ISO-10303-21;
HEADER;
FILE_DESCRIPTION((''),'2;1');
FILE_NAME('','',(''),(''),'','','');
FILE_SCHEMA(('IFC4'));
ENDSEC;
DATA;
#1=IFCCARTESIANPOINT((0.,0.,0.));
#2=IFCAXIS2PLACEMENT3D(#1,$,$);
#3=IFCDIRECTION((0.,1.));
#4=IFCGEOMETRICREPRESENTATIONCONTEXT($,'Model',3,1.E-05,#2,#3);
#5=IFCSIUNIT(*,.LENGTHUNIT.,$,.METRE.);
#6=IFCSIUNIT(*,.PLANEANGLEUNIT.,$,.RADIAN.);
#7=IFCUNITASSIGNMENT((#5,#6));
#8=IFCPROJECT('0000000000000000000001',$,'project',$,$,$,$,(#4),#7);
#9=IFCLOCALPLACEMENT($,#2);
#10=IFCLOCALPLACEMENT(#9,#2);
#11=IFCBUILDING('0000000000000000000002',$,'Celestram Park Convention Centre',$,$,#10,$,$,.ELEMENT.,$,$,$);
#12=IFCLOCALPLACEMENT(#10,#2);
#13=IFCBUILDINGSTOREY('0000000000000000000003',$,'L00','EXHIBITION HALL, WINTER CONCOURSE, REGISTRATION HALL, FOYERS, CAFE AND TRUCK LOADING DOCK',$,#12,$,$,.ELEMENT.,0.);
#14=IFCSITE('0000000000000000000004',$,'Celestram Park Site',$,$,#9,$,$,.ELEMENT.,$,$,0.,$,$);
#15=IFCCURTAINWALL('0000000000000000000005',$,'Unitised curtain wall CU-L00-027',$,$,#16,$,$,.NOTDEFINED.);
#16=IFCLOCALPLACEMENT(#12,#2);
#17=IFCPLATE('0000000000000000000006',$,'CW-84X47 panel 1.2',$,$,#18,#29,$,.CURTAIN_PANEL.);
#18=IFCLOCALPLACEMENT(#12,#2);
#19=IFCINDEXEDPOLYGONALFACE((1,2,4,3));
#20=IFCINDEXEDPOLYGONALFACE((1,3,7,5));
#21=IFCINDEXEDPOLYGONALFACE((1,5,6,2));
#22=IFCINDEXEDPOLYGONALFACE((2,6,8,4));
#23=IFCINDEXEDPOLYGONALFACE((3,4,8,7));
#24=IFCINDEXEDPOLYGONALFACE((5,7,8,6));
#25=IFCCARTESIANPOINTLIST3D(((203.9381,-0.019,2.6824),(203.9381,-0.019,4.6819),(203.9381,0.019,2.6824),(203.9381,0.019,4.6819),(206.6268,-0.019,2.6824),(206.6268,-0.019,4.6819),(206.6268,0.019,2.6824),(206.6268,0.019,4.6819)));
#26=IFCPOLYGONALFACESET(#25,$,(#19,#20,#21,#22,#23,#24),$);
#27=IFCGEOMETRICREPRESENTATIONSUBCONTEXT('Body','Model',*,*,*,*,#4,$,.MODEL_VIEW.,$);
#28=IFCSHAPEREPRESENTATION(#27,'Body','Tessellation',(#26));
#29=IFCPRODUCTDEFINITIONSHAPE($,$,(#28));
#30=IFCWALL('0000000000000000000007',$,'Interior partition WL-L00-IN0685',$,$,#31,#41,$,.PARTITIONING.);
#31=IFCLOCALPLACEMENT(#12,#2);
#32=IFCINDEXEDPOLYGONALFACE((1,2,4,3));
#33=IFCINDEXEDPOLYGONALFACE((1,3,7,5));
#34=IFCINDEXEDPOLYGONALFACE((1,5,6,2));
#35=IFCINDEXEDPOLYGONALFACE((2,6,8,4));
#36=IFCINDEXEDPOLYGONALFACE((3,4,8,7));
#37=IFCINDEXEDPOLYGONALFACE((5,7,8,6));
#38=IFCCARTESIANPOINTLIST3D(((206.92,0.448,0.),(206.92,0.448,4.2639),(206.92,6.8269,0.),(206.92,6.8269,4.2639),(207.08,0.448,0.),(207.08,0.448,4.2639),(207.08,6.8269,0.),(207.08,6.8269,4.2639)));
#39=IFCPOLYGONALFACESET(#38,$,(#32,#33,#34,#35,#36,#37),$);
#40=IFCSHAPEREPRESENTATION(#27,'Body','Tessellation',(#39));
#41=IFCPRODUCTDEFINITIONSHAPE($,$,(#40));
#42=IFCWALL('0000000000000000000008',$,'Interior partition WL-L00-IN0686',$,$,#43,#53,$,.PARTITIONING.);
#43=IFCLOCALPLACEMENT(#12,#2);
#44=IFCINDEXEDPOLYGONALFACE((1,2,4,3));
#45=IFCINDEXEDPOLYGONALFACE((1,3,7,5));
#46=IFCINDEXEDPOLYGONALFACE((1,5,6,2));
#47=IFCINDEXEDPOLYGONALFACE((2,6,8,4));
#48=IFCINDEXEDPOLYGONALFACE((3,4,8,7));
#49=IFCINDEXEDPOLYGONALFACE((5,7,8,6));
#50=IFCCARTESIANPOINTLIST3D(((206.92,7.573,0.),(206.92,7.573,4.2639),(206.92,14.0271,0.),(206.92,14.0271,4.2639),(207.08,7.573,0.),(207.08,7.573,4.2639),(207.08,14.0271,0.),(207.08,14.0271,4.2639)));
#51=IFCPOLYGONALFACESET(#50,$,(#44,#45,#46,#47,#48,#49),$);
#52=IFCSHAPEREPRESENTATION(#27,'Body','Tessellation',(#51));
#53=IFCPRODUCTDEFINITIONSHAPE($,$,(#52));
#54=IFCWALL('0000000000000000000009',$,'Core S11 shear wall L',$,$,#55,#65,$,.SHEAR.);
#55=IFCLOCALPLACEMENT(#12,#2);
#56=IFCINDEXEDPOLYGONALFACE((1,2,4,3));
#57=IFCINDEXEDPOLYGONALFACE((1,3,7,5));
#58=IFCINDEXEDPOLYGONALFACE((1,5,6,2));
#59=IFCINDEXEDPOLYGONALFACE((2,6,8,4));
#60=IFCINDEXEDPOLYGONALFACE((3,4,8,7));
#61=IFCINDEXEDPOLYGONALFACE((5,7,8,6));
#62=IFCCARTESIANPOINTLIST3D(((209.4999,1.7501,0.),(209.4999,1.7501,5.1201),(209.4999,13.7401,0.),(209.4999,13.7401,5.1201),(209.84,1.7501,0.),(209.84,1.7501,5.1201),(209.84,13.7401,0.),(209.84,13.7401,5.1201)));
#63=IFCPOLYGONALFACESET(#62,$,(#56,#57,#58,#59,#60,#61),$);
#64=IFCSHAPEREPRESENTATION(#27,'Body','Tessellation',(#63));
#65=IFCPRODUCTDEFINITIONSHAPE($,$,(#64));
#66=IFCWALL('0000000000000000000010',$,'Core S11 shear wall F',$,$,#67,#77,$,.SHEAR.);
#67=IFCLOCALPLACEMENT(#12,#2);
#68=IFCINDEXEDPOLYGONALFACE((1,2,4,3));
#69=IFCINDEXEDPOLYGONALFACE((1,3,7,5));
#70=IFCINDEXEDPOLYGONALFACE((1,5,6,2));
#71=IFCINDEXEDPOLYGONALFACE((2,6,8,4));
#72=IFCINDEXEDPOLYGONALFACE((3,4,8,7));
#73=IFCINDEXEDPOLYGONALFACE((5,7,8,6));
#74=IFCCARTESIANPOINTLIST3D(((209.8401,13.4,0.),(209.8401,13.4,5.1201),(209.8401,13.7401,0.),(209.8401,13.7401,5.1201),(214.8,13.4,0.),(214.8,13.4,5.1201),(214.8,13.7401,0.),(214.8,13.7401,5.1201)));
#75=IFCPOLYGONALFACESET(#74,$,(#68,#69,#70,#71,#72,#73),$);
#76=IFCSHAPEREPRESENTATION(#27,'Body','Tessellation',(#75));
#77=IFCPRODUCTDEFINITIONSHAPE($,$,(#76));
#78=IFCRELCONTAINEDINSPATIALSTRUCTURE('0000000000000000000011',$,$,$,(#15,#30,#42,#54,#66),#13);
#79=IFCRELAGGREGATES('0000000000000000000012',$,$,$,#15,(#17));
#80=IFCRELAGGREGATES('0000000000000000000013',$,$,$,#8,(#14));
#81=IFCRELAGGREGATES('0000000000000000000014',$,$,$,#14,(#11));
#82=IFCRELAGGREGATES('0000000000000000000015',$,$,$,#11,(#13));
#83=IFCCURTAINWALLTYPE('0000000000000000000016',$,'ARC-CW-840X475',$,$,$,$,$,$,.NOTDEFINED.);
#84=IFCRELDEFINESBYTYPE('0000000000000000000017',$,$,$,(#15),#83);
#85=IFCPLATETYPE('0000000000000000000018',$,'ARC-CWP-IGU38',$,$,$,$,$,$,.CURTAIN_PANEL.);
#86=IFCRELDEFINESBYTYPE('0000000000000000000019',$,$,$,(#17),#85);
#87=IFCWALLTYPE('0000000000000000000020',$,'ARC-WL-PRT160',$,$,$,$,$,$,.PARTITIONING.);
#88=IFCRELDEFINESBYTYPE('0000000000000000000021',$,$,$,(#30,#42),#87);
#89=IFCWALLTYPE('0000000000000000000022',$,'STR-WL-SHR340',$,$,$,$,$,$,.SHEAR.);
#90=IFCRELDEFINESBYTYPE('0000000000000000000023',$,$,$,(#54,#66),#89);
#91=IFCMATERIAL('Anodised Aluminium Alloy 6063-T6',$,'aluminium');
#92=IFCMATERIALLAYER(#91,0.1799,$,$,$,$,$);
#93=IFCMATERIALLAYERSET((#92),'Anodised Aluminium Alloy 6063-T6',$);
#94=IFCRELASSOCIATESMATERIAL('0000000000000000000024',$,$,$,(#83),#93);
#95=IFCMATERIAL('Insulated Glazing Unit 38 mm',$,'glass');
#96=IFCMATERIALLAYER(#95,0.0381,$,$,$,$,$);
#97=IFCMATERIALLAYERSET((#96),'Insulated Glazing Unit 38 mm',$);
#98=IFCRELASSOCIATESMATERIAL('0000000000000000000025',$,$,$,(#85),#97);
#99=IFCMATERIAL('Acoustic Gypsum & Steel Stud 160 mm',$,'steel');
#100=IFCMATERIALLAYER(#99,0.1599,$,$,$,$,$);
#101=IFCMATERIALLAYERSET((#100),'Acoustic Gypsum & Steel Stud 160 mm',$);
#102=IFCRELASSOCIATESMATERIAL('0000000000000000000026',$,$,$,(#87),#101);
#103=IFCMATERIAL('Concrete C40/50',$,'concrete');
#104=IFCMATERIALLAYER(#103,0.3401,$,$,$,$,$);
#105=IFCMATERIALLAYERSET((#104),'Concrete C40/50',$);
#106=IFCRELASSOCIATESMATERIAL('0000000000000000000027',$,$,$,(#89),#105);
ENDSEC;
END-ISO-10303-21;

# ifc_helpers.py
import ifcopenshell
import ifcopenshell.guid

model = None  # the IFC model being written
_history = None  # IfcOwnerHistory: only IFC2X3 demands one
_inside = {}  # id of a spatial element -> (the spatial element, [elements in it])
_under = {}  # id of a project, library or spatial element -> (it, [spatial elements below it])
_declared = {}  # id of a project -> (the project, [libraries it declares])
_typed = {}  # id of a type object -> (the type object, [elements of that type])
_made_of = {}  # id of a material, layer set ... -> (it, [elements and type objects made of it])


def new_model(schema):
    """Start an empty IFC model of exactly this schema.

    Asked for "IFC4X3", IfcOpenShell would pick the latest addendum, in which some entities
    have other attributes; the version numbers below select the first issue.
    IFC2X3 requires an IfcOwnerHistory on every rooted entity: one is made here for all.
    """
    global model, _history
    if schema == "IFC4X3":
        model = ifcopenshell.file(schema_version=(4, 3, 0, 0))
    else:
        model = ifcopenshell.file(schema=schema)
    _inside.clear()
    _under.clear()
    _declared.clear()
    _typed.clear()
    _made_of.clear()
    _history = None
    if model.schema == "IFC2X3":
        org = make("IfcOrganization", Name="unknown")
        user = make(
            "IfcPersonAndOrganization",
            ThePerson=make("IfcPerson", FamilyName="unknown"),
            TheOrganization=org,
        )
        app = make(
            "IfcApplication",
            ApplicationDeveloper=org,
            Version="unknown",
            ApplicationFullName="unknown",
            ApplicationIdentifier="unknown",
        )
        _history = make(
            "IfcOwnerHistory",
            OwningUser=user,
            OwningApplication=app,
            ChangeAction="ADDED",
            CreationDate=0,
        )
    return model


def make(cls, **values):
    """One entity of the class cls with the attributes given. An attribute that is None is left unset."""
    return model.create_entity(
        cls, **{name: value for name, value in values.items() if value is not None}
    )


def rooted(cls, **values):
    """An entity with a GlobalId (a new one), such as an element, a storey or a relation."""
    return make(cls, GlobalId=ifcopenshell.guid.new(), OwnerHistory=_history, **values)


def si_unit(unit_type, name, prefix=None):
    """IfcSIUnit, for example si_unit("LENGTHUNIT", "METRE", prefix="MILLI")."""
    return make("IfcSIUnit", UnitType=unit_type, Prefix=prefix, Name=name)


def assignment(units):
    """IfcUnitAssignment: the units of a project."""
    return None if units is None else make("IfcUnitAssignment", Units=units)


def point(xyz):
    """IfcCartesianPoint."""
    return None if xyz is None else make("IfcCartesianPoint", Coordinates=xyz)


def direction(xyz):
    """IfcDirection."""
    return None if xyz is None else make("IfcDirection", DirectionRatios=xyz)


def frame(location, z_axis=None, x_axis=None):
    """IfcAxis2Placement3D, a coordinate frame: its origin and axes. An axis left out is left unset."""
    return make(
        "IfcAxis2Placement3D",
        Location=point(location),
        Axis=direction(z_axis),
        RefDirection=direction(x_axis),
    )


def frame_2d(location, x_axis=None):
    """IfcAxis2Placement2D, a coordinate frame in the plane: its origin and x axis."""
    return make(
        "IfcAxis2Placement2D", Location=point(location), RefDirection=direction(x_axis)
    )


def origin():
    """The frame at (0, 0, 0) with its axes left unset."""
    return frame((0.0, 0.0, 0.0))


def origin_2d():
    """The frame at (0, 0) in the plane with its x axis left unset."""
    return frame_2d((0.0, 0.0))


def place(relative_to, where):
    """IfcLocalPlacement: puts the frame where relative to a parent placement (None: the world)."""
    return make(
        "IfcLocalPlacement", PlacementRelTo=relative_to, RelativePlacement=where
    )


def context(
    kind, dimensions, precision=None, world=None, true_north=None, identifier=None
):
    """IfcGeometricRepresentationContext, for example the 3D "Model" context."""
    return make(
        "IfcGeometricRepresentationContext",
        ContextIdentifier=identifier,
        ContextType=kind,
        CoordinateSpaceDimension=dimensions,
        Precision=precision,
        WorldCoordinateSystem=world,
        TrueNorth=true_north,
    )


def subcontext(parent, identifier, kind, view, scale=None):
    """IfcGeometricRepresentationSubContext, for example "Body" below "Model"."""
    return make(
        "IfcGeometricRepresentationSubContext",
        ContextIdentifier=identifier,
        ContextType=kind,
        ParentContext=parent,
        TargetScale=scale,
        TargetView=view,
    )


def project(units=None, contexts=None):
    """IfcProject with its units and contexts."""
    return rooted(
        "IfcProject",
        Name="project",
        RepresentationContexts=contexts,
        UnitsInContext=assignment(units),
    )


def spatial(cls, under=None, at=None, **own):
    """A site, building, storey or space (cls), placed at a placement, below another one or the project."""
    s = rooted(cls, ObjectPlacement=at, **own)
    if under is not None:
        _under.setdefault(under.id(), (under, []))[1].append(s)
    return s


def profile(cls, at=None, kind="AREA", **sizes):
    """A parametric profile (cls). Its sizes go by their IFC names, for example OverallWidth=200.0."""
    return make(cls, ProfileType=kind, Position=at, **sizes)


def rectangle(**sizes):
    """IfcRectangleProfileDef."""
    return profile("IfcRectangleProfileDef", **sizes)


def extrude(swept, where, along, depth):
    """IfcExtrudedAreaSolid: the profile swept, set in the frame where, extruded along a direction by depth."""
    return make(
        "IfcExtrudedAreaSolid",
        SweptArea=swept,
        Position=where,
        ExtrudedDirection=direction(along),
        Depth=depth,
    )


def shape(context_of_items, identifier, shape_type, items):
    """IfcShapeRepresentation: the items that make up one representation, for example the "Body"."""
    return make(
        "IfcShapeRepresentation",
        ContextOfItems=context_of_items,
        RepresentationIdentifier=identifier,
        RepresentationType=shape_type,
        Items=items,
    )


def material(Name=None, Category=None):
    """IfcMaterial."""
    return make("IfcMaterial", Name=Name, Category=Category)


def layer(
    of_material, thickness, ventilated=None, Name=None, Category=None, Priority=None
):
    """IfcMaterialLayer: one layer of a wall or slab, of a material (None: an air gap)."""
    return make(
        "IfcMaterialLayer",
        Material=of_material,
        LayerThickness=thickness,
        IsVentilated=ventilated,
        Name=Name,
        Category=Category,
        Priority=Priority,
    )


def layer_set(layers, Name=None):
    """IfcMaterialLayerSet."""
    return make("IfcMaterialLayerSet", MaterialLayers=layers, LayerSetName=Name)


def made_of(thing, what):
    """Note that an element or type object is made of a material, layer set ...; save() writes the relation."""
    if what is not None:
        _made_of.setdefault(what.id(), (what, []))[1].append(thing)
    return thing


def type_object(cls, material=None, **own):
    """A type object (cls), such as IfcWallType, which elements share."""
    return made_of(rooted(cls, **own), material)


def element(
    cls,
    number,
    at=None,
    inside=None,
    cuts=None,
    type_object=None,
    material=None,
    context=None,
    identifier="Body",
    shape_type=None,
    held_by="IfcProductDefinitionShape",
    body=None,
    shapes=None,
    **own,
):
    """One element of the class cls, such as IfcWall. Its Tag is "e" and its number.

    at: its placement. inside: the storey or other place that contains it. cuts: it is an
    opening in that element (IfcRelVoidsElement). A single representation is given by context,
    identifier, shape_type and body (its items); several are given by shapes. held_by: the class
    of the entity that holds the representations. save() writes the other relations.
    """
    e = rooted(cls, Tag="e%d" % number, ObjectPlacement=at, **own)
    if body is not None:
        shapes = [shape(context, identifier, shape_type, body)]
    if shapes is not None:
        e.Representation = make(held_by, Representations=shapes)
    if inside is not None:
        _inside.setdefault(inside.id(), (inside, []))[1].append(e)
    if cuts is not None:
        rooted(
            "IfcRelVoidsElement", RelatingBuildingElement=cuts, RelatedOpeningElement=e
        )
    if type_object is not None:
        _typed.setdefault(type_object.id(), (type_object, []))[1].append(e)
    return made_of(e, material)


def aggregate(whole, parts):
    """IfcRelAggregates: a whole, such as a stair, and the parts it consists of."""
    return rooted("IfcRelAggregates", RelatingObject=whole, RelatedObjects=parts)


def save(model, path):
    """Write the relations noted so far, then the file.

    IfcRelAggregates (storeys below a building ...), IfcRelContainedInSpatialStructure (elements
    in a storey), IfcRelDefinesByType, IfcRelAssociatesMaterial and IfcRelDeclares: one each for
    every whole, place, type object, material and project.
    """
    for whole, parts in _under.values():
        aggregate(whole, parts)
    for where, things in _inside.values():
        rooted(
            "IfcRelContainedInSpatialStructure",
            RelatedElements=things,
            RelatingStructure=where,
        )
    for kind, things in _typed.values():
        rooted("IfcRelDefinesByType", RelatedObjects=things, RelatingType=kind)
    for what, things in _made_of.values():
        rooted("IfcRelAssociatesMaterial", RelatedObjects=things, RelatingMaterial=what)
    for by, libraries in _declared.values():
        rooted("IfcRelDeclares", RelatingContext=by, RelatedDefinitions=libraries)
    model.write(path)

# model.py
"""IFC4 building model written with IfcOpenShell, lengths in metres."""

from ifc_helpers import new_model, si_unit, direction, frame, frame_2d, origin, origin_2d, place, context, subcontext, project, spatial, rectangle, extrude, material, layer, layer_set, type_object, element, aggregate, save


model = new_model("IFC4")

# Units and contexts
model_context = context("Model", 3, precision=1e-05, world=origin(), true_north=direction((0.0, 1.0)))
body_context = subcontext(model_context, "Body", "Model", "MODEL_VIEW")
ifc_project = project(units=[si_unit("LENGTHUNIT", "METRE"), si_unit("PLANEANGLEUNIT", "RADIAN")], contexts=[model_context])

# Site, building, storey
site_placement = place(None, origin())
site = spatial("IfcSite", under=ifc_project, at=site_placement, Name="Celestram Park Site", CompositionType="ELEMENT", RefElevation=0.0)
building_placement = place(site_placement, origin())
building = spatial("IfcBuilding", under=site, at=building_placement, Name="Celestram Park Convention Centre", CompositionType="ELEMENT")
storey_placement = place(building_placement, origin())
storey = spatial("IfcBuildingStorey", under=building, at=storey_placement, Name="L00", Description="EXHIBITION HALL, WINTER CONCOURSE, REGISTRATION HALL, FOYERS, CAFE AND TRUCK LOADING DOCK", CompositionType="ELEMENT", Elevation=0.0)

# Shared definitions
ifc_material_1 = material(Name="Concrete C40/50", Category="concrete")

# Shared definitions
ifc_material_2 = material(Name="Anodised Aluminium Alloy 6063-T6", Category="aluminium")
ifc_layer_1 = layer(ifc_material_2, 0.1799)
ifc_layer_set_1 = layer_set([ifc_layer_1], Name="Anodised Aluminium Alloy 6063-T6")
curtain_wall_type = type_object("IfcCurtainWallType", Name="ARC-CW-840X475", PredefinedType="NOTDEFINED", material=ifc_layer_set_1)

# Curtain wall
curtain_wall_1_placement = place(storey_placement, origin())
curtain_wall_1 = element("IfcCurtainWall", 1, at=curtain_wall_1_placement, inside=storey, type_object=curtain_wall_type, Name="Unitised curtain wall CU-L00-027", PredefinedType="NOTDEFINED")

# Plate
ifc_material_3 = material(Name="Insulated Glazing Unit 38 mm", Category="glass")
ifc_layer_2 = layer(ifc_material_3, 0.0381)
ifc_layer_set_2 = layer_set([ifc_layer_2], Name="Insulated Glazing Unit 38 mm")
plate_type = type_object("IfcPlateType", Name="ARC-CWP-IGU38", PredefinedType="CURTAIN_PANEL", material=ifc_layer_set_2)
plate_1_placement = place(storey_placement, frame((205.2825, 0.0, 2.6824), z_axis=(0.0, 0.0, 1.0), x_axis=(-1.0, 0.0, 0.0)))
plate_1 = element("IfcPlate", 2, at=plate_1_placement, type_object=plate_type, Name="CW-84X47 panel 1.2", PredefinedType="CURTAIN_PANEL", context=body_context, shape_type="SweptSolid", body=[
    extrude(rectangle(XDim=2.6887, YDim=0.0381, at=origin_2d()), origin(), (0.0, 0.0, 1.0), 1.9995),
])
aggregate(curtain_wall_1, [plate_1])

# Walls
ifc_material_4 = material(Name="Acoustic Gypsum & Steel Stud 160 mm", Category="steel")
ifc_layer_3 = layer(ifc_material_4, 0.1599)
ifc_layer_set_3 = layer_set([ifc_layer_3], Name="Acoustic Gypsum & Steel Stud 160 mm")
wall_type_1 = type_object("IfcWallType", Name="ARC-WL-PRT160", PredefinedType="PARTITIONING", material=ifc_layer_set_3)
wall_1_placement = place(storey_placement, frame((207.0, 0.448, 0.0), z_axis=(0.0, 0.0, 1.0), x_axis=(0.0, 1.0, 0.0)))
element("IfcWall", 3, at=wall_1_placement, inside=storey, type_object=wall_type_1, Name="Interior partition WL-L00-IN0685", PredefinedType="PARTITIONING", context=body_context, shape_type="SweptSolid", body=[
    extrude(rectangle(XDim=6.3789, YDim=0.1599, at=frame_2d((3.1895, 0.0))), origin(), (0.0, 0.0, 1.0), 4.2639),
])
wall_2_placement = place(storey_placement, frame((207.0, 7.573, 0.0), z_axis=(0.0, 0.0, 1.0), x_axis=(0.0, 1.0, 0.0)))
element("IfcWall", 4, at=wall_2_placement, inside=storey, type_object=wall_type_1, Name="Interior partition WL-L00-IN0686", PredefinedType="PARTITIONING", context=body_context, shape_type="SweptSolid", body=[
    extrude(rectangle(XDim=6.4541, YDim=0.1599, at=frame_2d((3.2271, 0.0))), origin(), (0.0, 0.0, 1.0), 4.2639),
])
ifc_layer_4 = layer(ifc_material_1, 0.3401)
ifc_layer_set_4 = layer_set([ifc_layer_4], Name="Concrete C40/50")
wall_type_2 = type_object("IfcWallType", Name="STR-WL-SHR340", PredefinedType="SHEAR", material=ifc_layer_set_4)
wall_3_placement = place(storey_placement, frame((209.6699, 1.75, 0.0), z_axis=(0.0, 0.0, 1.0), x_axis=(0.0, 1.0, 0.0)))
element("IfcWall", 5, at=wall_3_placement, inside=storey, type_object=wall_type_2, Name="Core S11 shear wall L", PredefinedType="SHEAR", context=body_context, shape_type="SweptSolid", body=[
    extrude(rectangle(XDim=11.99, YDim=0.3401, at=frame_2d((5.9951, 0.0))), origin(), (0.0, 0.0, 1.0), 5.1201),
])
wall_4_placement = place(storey_placement, frame((209.8401, 13.5701, 0.0), z_axis=(0.0, 0.0, 1.0), x_axis=(1.0, 0.0, 0.0)))
element("IfcWall", 6, at=wall_4_placement, inside=storey, type_object=wall_type_2, Name="Core S11 shear wall F", PredefinedType="SHEAR", context=body_context, shape_type="SweptSolid", body=[
    extrude(rectangle(XDim=4.96, YDim=0.3401, at=frame_2d((2.48, 0.0))), origin(), (0.0, 0.0, 1.0), 5.1201),
])

save(model, "model.ifc")
